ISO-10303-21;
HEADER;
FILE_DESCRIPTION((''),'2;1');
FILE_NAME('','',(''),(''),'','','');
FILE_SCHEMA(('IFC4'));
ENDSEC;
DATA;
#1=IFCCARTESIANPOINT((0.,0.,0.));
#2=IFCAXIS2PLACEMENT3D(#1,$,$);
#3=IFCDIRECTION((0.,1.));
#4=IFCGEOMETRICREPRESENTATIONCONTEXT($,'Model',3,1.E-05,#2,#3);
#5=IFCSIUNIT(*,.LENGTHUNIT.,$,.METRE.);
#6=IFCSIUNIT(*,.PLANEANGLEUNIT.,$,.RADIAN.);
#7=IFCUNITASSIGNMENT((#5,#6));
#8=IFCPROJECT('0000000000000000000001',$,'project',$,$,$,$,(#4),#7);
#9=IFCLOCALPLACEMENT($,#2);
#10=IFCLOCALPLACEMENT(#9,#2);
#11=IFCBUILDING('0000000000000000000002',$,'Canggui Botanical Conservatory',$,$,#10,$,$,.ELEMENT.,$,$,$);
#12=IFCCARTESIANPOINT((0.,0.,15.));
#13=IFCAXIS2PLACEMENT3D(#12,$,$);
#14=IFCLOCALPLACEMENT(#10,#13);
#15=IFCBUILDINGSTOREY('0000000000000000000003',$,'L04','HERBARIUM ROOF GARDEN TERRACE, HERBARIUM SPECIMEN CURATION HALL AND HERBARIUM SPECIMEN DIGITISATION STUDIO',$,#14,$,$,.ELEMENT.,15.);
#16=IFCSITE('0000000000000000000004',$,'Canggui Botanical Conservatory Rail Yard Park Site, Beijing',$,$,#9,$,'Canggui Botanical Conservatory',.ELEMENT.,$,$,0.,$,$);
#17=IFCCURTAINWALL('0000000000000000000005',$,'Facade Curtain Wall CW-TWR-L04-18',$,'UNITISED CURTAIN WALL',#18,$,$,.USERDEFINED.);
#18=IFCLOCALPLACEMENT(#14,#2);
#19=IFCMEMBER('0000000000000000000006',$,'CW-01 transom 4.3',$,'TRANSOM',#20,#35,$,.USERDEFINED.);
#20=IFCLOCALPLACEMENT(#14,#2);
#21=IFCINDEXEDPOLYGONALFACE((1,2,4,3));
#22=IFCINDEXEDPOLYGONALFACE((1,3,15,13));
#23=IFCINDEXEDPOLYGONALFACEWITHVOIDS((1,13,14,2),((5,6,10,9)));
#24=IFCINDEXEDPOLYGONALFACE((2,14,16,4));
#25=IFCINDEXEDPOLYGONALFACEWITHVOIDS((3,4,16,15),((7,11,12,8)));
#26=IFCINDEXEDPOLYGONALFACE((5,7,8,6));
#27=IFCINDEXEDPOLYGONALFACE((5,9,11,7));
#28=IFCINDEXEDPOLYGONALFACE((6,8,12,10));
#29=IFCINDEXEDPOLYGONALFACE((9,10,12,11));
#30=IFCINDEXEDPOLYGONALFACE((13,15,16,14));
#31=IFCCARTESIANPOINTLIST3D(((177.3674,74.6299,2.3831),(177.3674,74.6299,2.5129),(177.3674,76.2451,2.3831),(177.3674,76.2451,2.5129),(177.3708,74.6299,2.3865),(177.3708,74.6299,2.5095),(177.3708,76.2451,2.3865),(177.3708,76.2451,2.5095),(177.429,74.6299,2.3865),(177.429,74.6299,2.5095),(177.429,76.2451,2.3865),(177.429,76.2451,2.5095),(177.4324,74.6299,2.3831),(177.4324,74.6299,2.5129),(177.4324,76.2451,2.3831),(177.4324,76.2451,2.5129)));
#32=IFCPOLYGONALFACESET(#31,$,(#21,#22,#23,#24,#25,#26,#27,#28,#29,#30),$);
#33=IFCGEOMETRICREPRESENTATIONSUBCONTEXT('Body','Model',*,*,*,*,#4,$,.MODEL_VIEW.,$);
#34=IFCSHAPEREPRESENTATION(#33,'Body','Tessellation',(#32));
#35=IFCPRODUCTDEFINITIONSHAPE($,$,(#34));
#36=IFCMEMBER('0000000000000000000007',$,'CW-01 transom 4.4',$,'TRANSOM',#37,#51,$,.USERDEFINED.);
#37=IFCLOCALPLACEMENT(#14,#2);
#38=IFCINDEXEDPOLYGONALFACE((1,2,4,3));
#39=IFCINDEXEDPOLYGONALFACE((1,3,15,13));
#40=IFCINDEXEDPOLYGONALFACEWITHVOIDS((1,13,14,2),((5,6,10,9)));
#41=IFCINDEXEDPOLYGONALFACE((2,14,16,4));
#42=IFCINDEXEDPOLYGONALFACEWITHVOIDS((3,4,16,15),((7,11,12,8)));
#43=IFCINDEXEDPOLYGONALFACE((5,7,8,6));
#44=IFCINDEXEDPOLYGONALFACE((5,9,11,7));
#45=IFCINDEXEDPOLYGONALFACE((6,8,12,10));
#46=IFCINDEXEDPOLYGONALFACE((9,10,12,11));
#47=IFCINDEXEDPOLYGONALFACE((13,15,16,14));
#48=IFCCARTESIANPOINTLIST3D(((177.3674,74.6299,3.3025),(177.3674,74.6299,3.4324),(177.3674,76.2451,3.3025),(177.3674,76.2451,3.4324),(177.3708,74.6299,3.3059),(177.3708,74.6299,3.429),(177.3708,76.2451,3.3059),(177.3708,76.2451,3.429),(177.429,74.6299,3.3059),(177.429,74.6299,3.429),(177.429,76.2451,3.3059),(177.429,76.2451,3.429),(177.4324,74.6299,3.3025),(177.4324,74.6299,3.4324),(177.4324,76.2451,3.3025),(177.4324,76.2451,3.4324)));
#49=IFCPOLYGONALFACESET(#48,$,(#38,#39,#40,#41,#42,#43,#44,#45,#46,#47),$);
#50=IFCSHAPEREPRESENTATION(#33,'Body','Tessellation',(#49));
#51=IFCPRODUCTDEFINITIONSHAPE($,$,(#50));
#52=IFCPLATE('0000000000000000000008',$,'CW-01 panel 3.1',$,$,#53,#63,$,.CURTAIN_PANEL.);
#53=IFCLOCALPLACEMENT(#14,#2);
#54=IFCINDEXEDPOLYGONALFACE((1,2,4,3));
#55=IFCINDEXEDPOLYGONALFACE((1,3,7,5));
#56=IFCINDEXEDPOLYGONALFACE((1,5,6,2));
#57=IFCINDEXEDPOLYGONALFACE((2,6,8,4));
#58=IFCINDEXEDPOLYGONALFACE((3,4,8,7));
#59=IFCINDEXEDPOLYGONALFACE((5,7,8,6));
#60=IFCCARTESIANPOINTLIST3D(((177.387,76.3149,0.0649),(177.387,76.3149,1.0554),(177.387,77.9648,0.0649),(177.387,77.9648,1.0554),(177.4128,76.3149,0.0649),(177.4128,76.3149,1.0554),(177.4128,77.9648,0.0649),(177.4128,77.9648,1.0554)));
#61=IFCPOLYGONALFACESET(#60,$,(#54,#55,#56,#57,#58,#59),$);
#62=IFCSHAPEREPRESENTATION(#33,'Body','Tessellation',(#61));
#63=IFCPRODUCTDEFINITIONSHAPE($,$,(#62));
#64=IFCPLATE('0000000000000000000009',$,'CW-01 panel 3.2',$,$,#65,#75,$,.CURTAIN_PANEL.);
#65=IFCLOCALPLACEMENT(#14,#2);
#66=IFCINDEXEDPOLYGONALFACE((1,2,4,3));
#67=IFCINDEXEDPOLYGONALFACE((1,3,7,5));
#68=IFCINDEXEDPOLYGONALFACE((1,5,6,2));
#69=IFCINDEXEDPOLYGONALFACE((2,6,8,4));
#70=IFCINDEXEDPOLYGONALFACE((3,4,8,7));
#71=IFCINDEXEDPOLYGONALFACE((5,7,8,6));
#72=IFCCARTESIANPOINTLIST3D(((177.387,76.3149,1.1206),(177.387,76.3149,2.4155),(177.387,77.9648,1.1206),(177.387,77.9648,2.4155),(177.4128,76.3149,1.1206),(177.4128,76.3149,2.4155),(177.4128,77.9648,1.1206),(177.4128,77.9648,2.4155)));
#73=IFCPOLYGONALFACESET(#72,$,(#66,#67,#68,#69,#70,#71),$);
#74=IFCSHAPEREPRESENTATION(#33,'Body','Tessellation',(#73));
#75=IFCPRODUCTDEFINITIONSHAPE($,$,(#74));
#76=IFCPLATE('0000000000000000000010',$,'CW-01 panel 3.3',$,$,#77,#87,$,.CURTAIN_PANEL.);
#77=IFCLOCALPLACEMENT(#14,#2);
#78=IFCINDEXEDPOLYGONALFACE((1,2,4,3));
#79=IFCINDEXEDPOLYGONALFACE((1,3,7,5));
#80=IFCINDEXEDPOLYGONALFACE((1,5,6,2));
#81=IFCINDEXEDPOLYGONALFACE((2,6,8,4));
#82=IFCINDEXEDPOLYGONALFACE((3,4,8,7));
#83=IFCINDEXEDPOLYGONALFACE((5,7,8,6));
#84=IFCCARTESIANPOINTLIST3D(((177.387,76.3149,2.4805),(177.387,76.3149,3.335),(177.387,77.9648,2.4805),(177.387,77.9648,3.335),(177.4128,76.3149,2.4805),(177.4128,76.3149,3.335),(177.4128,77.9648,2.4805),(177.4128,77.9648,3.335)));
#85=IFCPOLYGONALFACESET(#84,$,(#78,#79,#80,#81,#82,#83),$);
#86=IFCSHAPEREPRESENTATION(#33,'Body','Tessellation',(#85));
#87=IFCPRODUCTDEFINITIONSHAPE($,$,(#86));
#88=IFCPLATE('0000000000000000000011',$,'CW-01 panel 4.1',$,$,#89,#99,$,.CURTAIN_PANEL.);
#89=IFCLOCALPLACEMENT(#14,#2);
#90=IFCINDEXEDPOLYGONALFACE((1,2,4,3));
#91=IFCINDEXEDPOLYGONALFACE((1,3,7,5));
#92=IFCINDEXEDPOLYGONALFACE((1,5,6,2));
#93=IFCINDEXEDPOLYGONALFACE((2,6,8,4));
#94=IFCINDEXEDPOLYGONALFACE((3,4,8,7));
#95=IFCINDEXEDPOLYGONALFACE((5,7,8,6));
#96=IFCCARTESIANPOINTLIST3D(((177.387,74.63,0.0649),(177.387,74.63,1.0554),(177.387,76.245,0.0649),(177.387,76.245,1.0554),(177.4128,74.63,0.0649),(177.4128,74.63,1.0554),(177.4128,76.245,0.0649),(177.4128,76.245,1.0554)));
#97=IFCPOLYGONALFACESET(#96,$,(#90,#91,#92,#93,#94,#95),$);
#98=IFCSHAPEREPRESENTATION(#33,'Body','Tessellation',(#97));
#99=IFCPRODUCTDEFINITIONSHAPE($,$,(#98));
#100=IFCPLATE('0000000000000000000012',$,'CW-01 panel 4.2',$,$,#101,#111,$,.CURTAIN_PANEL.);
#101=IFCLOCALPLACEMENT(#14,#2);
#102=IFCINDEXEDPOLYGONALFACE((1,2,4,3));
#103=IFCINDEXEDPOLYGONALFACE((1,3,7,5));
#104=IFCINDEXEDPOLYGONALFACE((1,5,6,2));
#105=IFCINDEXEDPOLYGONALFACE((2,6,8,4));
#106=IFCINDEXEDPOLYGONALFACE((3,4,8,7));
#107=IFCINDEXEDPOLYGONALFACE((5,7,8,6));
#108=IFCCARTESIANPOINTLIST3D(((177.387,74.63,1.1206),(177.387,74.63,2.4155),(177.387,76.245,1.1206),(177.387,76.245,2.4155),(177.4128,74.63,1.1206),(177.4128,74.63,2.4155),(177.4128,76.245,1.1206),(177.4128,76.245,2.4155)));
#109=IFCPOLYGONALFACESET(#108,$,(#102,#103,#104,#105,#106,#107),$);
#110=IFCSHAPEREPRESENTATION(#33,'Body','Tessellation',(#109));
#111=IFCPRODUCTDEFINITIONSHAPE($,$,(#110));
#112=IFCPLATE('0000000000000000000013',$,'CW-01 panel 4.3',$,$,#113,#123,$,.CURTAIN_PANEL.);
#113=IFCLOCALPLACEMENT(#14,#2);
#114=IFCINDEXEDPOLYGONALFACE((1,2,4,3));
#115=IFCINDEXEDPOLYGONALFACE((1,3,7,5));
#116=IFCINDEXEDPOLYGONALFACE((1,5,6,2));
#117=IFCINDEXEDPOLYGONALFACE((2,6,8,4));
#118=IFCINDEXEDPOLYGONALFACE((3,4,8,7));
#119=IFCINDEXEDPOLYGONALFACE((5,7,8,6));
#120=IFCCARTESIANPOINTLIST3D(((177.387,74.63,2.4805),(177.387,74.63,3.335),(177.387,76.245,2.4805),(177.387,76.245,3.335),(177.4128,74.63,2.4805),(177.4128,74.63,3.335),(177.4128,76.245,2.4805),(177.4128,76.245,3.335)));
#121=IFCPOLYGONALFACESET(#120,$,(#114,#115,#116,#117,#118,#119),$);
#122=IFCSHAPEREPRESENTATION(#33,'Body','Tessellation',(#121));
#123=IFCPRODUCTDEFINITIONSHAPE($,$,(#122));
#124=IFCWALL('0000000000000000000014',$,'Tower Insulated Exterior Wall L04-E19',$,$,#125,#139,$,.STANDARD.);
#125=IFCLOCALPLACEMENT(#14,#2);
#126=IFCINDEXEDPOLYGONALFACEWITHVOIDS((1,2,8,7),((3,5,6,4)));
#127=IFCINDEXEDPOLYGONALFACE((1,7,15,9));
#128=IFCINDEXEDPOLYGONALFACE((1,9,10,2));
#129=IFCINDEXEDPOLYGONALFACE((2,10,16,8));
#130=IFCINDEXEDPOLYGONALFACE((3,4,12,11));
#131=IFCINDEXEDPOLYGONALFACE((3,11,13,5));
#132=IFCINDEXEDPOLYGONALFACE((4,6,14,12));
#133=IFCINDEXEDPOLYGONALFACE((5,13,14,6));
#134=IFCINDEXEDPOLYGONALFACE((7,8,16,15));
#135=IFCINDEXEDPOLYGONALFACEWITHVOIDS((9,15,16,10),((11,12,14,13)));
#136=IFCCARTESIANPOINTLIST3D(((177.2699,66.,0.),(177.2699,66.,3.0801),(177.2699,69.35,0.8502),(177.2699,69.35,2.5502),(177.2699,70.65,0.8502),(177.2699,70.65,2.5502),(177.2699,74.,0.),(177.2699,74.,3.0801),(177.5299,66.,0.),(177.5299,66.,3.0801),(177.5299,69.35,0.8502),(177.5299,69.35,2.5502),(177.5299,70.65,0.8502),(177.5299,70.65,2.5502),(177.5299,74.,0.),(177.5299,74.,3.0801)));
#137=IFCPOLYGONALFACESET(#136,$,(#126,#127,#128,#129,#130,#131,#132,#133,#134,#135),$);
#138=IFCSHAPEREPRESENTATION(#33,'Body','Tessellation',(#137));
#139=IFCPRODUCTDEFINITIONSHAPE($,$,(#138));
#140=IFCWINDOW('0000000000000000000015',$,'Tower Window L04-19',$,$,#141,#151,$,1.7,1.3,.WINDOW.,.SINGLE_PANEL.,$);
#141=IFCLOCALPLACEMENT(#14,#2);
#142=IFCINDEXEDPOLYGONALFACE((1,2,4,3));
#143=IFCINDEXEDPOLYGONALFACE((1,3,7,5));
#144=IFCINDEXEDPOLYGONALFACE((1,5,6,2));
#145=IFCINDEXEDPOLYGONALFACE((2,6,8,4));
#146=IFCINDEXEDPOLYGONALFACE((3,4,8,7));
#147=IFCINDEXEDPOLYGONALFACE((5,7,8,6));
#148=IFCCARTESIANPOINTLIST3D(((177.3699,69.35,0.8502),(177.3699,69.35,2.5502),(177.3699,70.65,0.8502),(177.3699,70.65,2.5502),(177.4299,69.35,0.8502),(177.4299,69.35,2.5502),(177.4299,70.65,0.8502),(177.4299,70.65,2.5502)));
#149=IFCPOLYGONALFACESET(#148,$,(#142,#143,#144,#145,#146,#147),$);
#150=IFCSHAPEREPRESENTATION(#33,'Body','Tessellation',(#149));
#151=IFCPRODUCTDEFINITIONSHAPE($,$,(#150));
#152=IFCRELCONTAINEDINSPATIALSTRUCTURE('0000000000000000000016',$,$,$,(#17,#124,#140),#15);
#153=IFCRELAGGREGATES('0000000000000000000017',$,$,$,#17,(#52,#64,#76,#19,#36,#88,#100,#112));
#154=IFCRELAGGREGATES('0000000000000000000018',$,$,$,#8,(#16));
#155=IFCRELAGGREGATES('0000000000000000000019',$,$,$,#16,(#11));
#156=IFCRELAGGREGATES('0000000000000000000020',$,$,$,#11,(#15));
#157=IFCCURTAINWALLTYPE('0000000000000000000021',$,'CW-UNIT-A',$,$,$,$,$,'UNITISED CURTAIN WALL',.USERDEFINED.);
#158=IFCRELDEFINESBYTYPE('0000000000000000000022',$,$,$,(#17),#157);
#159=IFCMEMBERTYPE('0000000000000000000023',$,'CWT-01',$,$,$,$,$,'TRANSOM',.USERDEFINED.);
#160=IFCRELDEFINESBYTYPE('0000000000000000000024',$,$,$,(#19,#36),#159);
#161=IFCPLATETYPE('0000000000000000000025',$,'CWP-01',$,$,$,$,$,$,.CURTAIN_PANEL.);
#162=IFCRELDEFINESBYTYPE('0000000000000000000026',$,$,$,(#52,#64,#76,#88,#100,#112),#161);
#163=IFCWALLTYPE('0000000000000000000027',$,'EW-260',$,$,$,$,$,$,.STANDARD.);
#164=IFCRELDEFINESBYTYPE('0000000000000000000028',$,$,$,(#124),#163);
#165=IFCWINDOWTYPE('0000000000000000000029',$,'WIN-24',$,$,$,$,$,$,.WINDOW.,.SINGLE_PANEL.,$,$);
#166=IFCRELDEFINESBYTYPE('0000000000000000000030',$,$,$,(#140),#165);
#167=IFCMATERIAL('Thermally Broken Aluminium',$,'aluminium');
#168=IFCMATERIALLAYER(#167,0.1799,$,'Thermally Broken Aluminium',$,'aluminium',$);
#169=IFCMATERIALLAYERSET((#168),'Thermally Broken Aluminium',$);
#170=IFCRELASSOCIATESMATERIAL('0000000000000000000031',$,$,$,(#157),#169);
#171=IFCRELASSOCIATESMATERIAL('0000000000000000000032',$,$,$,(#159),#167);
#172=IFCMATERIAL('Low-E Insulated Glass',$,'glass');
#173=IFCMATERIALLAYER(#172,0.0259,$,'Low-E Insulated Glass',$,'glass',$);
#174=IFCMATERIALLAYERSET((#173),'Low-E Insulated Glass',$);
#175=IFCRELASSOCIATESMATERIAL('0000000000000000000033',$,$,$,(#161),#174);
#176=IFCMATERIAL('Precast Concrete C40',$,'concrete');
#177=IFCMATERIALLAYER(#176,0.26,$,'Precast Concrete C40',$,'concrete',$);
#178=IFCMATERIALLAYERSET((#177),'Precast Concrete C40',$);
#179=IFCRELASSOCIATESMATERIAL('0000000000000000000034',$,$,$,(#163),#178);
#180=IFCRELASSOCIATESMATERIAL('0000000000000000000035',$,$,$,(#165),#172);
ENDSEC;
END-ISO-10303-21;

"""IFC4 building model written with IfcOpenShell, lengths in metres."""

from ifc_helpers import new_model, si_unit, direction, frame, frame_2d, origin, origin_2d, place, context, subcontext, project, spatial, rectangle, hollow_rectangle, extrude, material, layer, layer_set, material_profile, profile_set, type_object, element, fill, aggregate, save


model = new_model("IFC4")

# Units and contexts
model_context = context("Model", 3, precision=1e-05, world=origin(), true_north=direction((0.0, 1.0)))
body_context = subcontext(model_context, "Body", "Model", "MODEL_VIEW")
ifc_project = project(units=[si_unit("LENGTHUNIT", "METRE"), si_unit("PLANEANGLEUNIT", "RADIAN")], contexts=[model_context])

# Site, building, storey
site_placement = place(None, origin())
site = spatial("IfcSite", under=ifc_project, at=site_placement, Name="Canggui Botanical Conservatory Rail Yard Park Site, Beijing", LongName="Canggui Botanical Conservatory", CompositionType="ELEMENT", RefElevation=0.0)
building_placement = place(site_placement, origin())
building = spatial("IfcBuilding", under=site, at=building_placement, Name="Canggui Botanical Conservatory", CompositionType="ELEMENT")
storey_placement = place(building_placement, frame((0.0, 0.0, 15.0)))
storey = spatial("IfcBuildingStorey", under=building, at=storey_placement, Name="L04", Description="HERBARIUM ROOF GARDEN TERRACE, HERBARIUM SPECIMEN CURATION HALL AND HERBARIUM SPECIMEN DIGITISATION STUDIO", CompositionType="ELEMENT", Elevation=15.0)

# Curtain wall, members, plates
ifc_material_1 = material(Name="Thermally Broken Aluminium", Category="aluminium")
ifc_layer_1 = layer(ifc_material_1, 0.1799, Name="Thermally Broken Aluminium", Category="aluminium")
ifc_layer_set_1 = layer_set([ifc_layer_1], Name="Thermally Broken Aluminium")
curtain_wall_type = type_object("IfcCurtainWallType", Name="CW-UNIT-A", ElementType="UNITISED CURTAIN WALL", PredefinedType="USERDEFINED", material=ifc_layer_set_1)
curtain_wall_placement = place(storey_placement, origin())
curtain_wall = element("IfcCurtainWall", 1, at=curtain_wall_placement, inside=storey, type_object=curtain_wall_type, Name="Facade Curtain Wall CW-TWR-L04-18", ObjectType="UNITISED CURTAIN WALL", PredefinedType="USERDEFINED")
ifc_material_profile_1 = material_profile(ifc_material_1, hollow_rectangle(XDim=0.0649, YDim=0.1299, WallThickness=0.0034, at=origin_2d()), Name="CWT 65x130x3.5")
ifc_profile_set_1 = profile_set([ifc_material_profile_1], Name="Thermally Broken Aluminium")
member_type_1 = type_object("IfcMemberType", Name="CWT-01", ElementType="TRANSOM", PredefinedType="USERDEFINED", material=ifc_profile_set_1)
member_1_placement = place(storey_placement, frame((177.3999, 76.2451, 2.448), z_axis=(0.0, -1.0, 0.0), x_axis=(1.0, 0.0, 0.0)))
member_1 = element("IfcMember", 2, at=member_1_placement, type_object=member_type_1, Name="CW-01 transom 4.3", ObjectType="TRANSOM", PredefinedType="USERDEFINED", context=body_context, shape_type="SweptSolid", body=[
    extrude(hollow_rectangle(XDim=0.0649, YDim=0.1299, WallThickness=0.0034, at=origin_2d()), origin(), (0.0, 0.0, 1.0), 1.6152),
])
member_2_placement = place(storey_placement, frame((177.3999, 76.2451, 3.3674), z_axis=(0.0, -1.0, 0.0), x_axis=(1.0, 0.0, 0.0)))
member_2 = element("IfcMember", 3, at=member_2_placement, type_object=member_type_1, Name="CW-01 transom 4.4", ObjectType="TRANSOM", PredefinedType="USERDEFINED", context=body_context, shape_type="SweptSolid", body=[
    extrude(hollow_rectangle(XDim=0.0649, YDim=0.1299, WallThickness=0.0034, at=origin_2d()), origin(), (0.0, 0.0, 1.0), 1.6152),
])
ifc_material_2 = material(Name="Low-E Insulated Glass", Category="glass")
ifc_layer_2 = layer(ifc_material_2, 0.0259, Name="Low-E Insulated Glass", Category="glass")
ifc_layer_set_2 = layer_set([ifc_layer_2], Name="Low-E Insulated Glass")
plate_type = type_object("IfcPlateType", Name="CWP-01", PredefinedType="CURTAIN_PANEL", material=ifc_layer_set_2)
plate_1_placement = place(storey_placement, frame((177.3999, 77.1399, 0.0649), z_axis=(0.0, 0.0, 1.0), x_axis=(0.0, -1.0, 0.0)))
plate_1 = element("IfcPlate", 4, at=plate_1_placement, type_object=plate_type, Name="CW-01 panel 3.1", PredefinedType="CURTAIN_PANEL", context=body_context, shape_type="SweptSolid", body=[
    extrude(rectangle(XDim=1.6499, YDim=0.0259, at=origin_2d()), origin(), (0.0, 0.0, 1.0), 0.9905),
])
plate_2_placement = place(storey_placement, frame((177.3999, 77.1399, 1.1206), z_axis=(0.0, 0.0, 1.0), x_axis=(0.0, -1.0, 0.0)))
plate_2 = element("IfcPlate", 5, at=plate_2_placement, type_object=plate_type, Name="CW-01 panel 3.2", PredefinedType="CURTAIN_PANEL", context=body_context, shape_type="SweptSolid", body=[
    extrude(rectangle(XDim=1.6499, YDim=0.0259, at=origin_2d()), origin(), (0.0, 0.0, 1.0), 1.2949),
])
plate_3_placement = place(storey_placement, frame((177.3999, 77.1399, 2.4805), z_axis=(0.0, 0.0, 1.0), x_axis=(0.0, -1.0, 0.0)))
plate_3 = element("IfcPlate", 6, at=plate_3_placement, type_object=plate_type, Name="CW-01 panel 3.3", PredefinedType="CURTAIN_PANEL", context=body_context, shape_type="SweptSolid", body=[
    extrude(rectangle(XDim=1.6499, YDim=0.0259, at=origin_2d()), origin(), (0.0, 0.0, 1.0), 0.8545),
])
plate_4_placement = place(storey_placement, frame((177.3999, 75.4375, 0.0649), z_axis=(0.0, 0.0, 1.0), x_axis=(0.0, -1.0, 0.0)))
plate_4 = element("IfcPlate", 7, at=plate_4_placement, type_object=plate_type, Name="CW-01 panel 4.1", PredefinedType="CURTAIN_PANEL", context=body_context, shape_type="SweptSolid", body=[
    extrude(rectangle(XDim=1.615, YDim=0.0259, at=origin_2d()), origin(), (0.0, 0.0, 1.0), 0.9905),
])
plate_5_placement = place(storey_placement, frame((177.3999, 75.4375, 1.1206), z_axis=(0.0, 0.0, 1.0), x_axis=(0.0, -1.0, 0.0)))
plate_5 = element("IfcPlate", 8, at=plate_5_placement, type_object=plate_type, Name="CW-01 panel 4.2", PredefinedType="CURTAIN_PANEL", context=body_context, shape_type="SweptSolid", body=[
    extrude(rectangle(XDim=1.615, YDim=0.0259, at=origin_2d()), origin(), (0.0, 0.0, 1.0), 1.2949),
])
plate_6_placement = place(storey_placement, frame((177.3999, 75.4375, 2.4805), z_axis=(0.0, 0.0, 1.0), x_axis=(0.0, -1.0, 0.0)))
plate_6 = element("IfcPlate", 9, at=plate_6_placement, type_object=plate_type, Name="CW-01 panel 4.3", PredefinedType="CURTAIN_PANEL", context=body_context, shape_type="SweptSolid", body=[
    extrude(rectangle(XDim=1.615, YDim=0.0259, at=origin_2d()), origin(), (0.0, 0.0, 1.0), 0.8545),
])
aggregate(curtain_wall, [plate_1, plate_2, plate_3, member_1, member_2, plate_4, plate_5, plate_6])

# Wall, opening, window
ifc_material_3 = material(Name="Precast Concrete C40", Category="concrete")
ifc_layer_3 = layer(ifc_material_3, 0.26, Name="Precast Concrete C40", Category="concrete")
ifc_layer_set_3 = layer_set([ifc_layer_3], Name="Precast Concrete C40")
wall_type = type_object("IfcWallType", Name="EW-260", PredefinedType="STANDARD", material=ifc_layer_set_3)
wall_placement = place(storey_placement, frame((177.3999, 74.0, 0.0), z_axis=(0.0, 0.0, 1.0), x_axis=(0.0, -1.0, 0.0)))
wall = element("IfcWall", 10, at=wall_placement, inside=storey, type_object=wall_type, Name="Tower Insulated Exterior Wall L04-E19", PredefinedType="STANDARD", context=body_context, shape_type="SweptSolid", body=[
    extrude(rectangle(XDim=8.0, YDim=0.26, at=frame_2d((4.0, 0.0))), origin(), (0.0, 0.0, 1.0), 3.0801),
])
opening_placement = place(wall_placement, frame((3.3501, 0.0, 0.8501)))
opening = element("IfcOpeningElement", 11, at=opening_placement, cuts=wall, PredefinedType="OPENING", context=body_context, shape_type="SweptSolid", body=[
    extrude(rectangle(XDim=1.3, YDim=1.7, at=frame_2d((0.6499, 0.8501))), frame((0.0, 0.1401, 0.0), z_axis=(0.0, -1.0, 0.0), x_axis=(1.0, 0.0, 0.0)), (0.0, 0.0, 1.0), 0.28),
])
window_type = type_object("IfcWindowType", Name="WIN-24", PartitioningType="SINGLE_PANEL", PredefinedType="WINDOW", material=ifc_material_2)
window_placement = place(opening_placement, origin())
window = element("IfcWindow", 12, at=window_placement, inside=storey, type_object=window_type, Name="Tower Window L04-19", OverallHeight=1.7, OverallWidth=1.3, PartitioningType="SINGLE_PANEL", PredefinedType="WINDOW", context=body_context, shape_type="SweptSolid", body=[
    extrude(rectangle(XDim=1.3, YDim=1.7, at=frame_2d((0.6499, 0.8501))), frame((0.0, 0.03, 0.0), z_axis=(0.0, -1.0, 0.0), x_axis=(1.0, 0.0, 0.0)), (0.0, 0.0, 1.0), 0.0601),
])
fill(opening, window)

save(model, "model.ifc")
